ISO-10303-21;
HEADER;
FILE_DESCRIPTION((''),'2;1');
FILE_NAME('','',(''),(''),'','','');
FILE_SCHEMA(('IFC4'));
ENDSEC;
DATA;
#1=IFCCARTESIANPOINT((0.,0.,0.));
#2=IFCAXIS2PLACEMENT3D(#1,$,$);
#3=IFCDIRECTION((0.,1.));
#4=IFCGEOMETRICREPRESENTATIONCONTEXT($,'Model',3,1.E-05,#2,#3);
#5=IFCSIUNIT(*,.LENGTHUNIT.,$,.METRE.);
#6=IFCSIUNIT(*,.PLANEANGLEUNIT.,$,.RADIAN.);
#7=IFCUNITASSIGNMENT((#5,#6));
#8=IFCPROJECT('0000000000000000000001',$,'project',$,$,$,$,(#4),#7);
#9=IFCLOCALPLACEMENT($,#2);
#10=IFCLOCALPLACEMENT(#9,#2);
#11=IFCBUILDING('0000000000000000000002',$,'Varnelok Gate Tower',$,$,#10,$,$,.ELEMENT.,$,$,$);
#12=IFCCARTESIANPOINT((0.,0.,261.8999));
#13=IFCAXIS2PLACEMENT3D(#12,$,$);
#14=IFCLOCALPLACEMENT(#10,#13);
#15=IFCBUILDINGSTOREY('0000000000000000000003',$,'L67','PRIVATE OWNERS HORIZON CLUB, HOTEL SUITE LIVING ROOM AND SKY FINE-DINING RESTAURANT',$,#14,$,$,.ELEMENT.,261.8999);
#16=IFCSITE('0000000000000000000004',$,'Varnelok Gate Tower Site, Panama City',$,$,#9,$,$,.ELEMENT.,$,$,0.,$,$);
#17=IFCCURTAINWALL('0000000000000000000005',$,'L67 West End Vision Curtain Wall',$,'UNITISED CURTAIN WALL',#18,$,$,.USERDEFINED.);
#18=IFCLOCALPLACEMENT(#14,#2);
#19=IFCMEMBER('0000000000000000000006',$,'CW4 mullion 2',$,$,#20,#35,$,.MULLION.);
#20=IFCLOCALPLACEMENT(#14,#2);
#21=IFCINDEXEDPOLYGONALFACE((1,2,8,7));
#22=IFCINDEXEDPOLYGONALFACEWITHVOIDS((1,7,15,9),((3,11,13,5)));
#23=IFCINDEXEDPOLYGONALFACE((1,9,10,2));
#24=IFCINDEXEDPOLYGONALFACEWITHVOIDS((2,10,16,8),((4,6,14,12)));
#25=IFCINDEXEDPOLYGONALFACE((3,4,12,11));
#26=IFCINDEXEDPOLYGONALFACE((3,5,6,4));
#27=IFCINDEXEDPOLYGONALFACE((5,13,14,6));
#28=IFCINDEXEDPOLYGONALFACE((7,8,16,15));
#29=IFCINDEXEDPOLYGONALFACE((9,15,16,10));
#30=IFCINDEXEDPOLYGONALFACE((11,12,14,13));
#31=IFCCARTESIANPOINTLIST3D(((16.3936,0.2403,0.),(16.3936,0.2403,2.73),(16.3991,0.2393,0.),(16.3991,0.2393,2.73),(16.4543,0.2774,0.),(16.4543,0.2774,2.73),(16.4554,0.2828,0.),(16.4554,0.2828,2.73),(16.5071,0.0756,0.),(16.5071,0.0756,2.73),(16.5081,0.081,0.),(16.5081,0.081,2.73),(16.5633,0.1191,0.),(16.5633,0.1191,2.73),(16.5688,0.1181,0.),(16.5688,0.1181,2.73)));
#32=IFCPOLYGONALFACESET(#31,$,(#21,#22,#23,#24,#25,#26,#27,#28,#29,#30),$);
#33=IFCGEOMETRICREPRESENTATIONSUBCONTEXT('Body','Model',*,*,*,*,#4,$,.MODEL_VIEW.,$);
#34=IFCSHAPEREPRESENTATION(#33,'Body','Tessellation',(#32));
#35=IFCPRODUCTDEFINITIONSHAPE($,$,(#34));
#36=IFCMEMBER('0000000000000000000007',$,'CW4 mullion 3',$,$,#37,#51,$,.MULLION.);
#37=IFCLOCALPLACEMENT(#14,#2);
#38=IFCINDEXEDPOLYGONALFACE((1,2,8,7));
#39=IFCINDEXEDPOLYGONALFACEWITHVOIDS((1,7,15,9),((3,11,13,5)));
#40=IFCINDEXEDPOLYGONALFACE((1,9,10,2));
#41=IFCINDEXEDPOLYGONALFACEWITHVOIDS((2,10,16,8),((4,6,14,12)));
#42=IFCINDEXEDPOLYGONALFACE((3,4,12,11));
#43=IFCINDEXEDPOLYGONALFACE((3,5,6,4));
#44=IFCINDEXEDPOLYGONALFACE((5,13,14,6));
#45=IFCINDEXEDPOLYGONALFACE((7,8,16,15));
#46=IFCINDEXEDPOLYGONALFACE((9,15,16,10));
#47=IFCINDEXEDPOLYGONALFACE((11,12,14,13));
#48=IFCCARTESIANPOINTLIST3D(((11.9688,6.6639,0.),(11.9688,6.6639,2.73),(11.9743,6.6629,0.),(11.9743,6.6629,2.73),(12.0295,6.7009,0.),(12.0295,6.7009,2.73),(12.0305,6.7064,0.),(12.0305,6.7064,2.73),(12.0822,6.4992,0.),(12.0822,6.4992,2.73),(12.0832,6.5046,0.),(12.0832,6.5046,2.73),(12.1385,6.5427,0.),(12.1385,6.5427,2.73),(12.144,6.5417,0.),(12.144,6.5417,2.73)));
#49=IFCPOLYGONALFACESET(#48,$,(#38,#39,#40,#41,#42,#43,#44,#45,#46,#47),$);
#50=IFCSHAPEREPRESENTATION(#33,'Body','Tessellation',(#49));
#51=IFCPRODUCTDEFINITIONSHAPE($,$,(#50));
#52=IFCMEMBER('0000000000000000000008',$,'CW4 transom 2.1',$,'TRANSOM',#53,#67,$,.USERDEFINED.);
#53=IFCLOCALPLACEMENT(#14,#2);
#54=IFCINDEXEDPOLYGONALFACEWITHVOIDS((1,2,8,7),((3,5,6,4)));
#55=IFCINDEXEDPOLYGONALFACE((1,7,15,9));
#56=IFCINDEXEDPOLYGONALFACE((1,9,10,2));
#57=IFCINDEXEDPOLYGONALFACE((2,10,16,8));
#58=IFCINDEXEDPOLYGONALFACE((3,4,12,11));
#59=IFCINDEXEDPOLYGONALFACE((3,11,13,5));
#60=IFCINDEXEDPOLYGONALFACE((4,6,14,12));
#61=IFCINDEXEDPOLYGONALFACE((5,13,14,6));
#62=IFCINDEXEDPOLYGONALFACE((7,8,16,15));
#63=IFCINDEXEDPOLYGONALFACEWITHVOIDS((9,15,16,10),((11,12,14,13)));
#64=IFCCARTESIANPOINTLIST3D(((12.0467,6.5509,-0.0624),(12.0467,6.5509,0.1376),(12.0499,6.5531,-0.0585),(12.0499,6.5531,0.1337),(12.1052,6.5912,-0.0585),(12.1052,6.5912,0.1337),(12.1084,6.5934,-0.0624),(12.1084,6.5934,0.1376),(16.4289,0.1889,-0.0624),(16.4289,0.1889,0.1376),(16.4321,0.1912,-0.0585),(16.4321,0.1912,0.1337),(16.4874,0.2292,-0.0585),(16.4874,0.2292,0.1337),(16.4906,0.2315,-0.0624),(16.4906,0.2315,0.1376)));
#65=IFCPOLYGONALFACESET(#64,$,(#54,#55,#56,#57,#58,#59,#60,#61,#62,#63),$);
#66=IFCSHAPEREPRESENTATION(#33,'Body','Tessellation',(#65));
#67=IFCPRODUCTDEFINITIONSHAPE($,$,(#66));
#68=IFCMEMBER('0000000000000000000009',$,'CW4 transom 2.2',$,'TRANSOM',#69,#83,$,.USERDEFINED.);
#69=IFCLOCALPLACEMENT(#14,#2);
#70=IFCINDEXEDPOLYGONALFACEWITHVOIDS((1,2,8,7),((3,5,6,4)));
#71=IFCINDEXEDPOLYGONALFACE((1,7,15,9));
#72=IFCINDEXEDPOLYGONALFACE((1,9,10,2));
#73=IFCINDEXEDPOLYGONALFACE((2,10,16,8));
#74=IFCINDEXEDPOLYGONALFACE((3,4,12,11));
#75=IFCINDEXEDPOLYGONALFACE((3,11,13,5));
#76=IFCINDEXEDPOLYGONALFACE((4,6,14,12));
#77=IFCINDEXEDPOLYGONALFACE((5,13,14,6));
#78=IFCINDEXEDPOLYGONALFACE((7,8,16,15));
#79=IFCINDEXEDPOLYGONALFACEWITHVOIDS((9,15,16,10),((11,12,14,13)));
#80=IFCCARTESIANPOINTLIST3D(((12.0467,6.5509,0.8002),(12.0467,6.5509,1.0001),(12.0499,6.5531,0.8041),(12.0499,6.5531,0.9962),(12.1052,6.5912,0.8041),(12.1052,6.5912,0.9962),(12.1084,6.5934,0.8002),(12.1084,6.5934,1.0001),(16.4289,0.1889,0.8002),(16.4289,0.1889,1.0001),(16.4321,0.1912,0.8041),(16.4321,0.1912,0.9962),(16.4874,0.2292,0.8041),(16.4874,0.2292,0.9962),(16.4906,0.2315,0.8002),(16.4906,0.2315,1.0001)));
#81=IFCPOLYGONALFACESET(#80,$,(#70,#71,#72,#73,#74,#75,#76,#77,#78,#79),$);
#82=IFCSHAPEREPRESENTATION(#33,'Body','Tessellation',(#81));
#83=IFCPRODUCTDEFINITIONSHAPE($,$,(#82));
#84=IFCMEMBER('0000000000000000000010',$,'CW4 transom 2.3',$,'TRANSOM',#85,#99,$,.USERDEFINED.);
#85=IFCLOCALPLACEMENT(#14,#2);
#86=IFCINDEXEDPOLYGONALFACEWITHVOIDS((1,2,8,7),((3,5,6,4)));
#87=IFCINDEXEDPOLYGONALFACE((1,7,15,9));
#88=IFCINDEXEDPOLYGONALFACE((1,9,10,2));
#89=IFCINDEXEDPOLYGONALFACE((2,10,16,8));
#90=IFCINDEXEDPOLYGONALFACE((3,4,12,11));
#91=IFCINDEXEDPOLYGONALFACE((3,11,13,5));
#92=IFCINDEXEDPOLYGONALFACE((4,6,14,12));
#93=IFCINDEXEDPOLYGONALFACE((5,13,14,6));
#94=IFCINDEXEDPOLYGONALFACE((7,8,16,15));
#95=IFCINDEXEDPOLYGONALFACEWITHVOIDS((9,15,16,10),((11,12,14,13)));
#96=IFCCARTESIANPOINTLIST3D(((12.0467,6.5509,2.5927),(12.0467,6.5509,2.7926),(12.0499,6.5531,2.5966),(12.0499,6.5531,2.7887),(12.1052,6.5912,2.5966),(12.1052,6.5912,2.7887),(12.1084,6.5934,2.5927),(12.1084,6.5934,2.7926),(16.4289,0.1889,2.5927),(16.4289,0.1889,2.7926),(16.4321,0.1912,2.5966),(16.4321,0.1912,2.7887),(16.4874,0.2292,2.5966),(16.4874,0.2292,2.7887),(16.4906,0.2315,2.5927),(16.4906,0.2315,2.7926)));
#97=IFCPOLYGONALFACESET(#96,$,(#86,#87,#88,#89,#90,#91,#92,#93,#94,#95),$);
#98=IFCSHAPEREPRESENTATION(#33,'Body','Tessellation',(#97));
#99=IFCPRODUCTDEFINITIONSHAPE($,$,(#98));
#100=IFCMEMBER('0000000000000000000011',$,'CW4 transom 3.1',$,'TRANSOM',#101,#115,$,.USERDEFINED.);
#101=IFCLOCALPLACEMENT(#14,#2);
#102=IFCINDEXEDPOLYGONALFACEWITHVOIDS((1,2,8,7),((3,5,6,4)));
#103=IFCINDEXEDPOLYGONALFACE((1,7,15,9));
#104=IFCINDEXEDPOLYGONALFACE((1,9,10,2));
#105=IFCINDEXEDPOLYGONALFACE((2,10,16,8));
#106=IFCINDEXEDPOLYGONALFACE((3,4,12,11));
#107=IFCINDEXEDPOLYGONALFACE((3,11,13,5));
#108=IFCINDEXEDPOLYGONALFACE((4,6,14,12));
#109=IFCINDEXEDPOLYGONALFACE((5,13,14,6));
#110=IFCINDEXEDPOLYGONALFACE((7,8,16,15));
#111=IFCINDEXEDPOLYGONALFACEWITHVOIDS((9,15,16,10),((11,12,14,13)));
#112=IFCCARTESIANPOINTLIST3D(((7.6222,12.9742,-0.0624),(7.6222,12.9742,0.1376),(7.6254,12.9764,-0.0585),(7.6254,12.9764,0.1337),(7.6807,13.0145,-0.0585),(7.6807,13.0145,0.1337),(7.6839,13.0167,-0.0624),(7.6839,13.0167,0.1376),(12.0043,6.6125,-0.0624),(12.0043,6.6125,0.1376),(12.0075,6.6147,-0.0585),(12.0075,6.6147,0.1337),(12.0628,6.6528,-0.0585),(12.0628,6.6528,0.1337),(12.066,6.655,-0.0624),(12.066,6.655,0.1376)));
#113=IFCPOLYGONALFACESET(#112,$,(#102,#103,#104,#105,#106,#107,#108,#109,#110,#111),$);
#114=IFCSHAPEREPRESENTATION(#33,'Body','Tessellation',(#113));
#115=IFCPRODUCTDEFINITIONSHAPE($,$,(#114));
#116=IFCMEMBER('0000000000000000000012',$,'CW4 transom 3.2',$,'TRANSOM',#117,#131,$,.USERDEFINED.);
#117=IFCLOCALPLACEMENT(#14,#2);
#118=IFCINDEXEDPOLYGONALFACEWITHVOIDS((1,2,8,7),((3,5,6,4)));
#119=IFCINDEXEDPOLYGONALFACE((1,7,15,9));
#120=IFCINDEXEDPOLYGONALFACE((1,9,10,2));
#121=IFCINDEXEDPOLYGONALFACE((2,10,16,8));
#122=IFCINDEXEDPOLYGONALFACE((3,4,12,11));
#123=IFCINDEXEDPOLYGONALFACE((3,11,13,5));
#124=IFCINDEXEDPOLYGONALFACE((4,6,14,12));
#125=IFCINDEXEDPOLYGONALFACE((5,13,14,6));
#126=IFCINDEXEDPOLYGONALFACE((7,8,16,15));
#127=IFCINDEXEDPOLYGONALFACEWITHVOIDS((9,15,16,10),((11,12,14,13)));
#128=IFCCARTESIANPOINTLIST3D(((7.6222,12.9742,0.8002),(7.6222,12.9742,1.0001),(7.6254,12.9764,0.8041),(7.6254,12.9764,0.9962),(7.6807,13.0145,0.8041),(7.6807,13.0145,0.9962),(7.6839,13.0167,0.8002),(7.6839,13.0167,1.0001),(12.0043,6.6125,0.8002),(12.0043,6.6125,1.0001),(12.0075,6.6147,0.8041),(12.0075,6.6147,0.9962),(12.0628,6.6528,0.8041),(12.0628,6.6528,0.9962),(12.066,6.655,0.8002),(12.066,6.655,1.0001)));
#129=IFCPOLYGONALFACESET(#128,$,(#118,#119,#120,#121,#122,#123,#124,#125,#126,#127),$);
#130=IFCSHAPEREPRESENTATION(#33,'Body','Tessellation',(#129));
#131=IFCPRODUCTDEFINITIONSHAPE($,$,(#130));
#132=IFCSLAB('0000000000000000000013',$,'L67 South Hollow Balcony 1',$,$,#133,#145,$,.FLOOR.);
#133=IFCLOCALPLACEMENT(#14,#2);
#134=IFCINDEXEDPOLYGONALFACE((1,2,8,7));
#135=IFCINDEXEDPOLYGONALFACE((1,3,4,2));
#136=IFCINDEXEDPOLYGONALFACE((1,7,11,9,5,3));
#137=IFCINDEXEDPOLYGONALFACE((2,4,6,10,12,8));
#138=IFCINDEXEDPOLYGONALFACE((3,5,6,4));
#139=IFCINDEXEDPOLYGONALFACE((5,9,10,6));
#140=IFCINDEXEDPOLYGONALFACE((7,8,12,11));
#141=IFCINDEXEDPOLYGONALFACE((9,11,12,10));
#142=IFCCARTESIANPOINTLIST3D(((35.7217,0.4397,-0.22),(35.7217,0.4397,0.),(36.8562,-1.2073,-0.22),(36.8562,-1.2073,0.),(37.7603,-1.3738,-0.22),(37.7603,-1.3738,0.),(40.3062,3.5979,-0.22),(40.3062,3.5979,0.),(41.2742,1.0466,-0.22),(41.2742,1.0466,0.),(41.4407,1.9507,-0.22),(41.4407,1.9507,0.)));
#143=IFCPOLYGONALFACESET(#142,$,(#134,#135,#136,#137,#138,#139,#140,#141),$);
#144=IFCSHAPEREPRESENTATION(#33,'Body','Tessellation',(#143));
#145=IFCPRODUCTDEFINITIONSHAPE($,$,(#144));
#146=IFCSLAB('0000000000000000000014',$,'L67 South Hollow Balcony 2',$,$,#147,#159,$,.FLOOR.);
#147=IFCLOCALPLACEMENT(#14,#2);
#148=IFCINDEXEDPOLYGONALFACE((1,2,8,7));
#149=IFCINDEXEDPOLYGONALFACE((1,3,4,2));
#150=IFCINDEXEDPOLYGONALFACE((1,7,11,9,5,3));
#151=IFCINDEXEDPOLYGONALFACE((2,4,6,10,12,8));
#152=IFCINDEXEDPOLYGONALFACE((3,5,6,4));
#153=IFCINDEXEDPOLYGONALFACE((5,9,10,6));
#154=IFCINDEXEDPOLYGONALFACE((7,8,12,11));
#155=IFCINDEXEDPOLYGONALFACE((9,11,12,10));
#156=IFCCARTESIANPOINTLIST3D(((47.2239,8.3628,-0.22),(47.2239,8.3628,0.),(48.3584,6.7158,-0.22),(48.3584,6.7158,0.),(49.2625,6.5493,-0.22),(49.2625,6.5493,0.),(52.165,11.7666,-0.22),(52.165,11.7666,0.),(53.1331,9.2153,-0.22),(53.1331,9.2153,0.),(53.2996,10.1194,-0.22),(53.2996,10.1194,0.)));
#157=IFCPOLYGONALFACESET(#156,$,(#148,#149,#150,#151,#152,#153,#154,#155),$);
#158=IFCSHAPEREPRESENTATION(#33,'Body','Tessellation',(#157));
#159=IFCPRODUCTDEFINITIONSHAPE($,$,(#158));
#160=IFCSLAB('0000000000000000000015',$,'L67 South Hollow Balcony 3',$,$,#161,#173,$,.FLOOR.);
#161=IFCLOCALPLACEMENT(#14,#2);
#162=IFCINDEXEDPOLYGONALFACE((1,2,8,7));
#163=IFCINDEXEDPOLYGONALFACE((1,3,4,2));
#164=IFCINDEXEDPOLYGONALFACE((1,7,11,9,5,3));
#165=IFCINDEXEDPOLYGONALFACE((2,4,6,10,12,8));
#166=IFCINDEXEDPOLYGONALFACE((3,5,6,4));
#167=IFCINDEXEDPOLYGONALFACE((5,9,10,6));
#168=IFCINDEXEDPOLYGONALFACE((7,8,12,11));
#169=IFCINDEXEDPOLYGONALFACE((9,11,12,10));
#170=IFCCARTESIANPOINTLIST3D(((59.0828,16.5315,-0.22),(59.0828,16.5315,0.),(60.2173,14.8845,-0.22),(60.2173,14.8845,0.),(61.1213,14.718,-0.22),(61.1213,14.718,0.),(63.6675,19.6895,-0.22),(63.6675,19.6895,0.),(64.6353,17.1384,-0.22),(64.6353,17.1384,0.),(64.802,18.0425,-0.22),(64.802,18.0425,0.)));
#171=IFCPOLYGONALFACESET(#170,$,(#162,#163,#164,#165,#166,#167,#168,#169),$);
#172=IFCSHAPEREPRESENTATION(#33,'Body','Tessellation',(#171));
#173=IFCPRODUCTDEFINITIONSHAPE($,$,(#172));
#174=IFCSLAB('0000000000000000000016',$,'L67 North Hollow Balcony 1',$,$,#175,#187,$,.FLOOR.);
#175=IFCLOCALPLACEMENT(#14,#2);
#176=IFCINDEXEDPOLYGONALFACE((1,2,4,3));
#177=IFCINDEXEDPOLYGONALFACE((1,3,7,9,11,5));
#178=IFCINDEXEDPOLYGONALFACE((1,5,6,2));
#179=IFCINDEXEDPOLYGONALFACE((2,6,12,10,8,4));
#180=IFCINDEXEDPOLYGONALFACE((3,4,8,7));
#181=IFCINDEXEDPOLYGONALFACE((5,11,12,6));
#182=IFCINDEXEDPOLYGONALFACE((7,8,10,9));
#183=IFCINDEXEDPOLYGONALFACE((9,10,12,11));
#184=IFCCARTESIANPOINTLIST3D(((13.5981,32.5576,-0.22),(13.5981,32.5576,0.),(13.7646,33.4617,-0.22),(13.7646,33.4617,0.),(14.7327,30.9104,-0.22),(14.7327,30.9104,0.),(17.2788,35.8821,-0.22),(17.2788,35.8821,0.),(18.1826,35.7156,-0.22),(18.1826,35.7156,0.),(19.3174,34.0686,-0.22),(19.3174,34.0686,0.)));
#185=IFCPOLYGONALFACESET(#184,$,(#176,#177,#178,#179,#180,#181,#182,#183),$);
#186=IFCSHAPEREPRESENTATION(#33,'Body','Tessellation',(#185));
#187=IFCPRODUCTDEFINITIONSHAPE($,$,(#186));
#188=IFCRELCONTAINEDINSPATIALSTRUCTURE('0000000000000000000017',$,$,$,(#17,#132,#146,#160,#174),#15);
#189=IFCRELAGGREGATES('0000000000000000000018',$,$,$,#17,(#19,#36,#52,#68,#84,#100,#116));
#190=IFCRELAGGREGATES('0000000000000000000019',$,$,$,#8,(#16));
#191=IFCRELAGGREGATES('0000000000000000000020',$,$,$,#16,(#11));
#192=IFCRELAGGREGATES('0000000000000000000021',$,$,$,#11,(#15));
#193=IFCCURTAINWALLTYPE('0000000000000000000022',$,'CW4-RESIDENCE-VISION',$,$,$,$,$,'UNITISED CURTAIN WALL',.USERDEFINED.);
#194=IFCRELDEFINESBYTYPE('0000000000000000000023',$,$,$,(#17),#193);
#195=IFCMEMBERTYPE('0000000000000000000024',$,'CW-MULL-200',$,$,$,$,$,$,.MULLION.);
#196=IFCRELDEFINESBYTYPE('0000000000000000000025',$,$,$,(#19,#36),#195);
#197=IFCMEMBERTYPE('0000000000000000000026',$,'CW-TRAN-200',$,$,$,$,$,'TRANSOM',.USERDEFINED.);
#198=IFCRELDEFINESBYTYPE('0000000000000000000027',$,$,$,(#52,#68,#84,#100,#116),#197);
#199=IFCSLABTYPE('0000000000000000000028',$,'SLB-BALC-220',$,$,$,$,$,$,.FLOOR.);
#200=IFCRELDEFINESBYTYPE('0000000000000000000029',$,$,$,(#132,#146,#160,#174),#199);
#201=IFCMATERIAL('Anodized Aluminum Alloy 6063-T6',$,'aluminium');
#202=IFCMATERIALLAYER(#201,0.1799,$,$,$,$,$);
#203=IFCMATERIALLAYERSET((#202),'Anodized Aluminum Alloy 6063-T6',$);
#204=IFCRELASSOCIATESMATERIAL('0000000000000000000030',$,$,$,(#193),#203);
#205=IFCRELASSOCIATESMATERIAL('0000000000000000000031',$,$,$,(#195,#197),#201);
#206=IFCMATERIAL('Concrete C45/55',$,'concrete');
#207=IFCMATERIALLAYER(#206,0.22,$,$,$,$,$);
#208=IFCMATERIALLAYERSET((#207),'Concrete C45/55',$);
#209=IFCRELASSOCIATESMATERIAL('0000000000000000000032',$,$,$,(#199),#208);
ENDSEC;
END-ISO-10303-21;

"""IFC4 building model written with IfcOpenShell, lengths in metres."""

from ifc_helpers import new_model, si_unit, direction, frame, origin, origin_2d, place, context, subcontext, project, spatial, polyline, hollow_rectangle, outline, extrude, material, layer, layer_set, material_profile, profile_set, type_object, element, aggregate, save


model = new_model("IFC4")

# Units and contexts
model_context = context("Model", 3, precision=1e-05, world=origin(), true_north=direction((0.0, 1.0)))
body_context = subcontext(model_context, "Body", "Model", "MODEL_VIEW")
ifc_project = project(units=[si_unit("LENGTHUNIT", "METRE"), si_unit("PLANEANGLEUNIT", "RADIAN")], contexts=[model_context])

# Site, building, storey
site_placement = place(None, origin())
site = spatial("IfcSite", under=ifc_project, at=site_placement, Name="Varnelok Gate Tower Site, Panama City", CompositionType="ELEMENT", RefElevation=0.0)
building_placement = place(site_placement, origin())
building = spatial("IfcBuilding", under=site, at=building_placement, Name="Varnelok Gate Tower", CompositionType="ELEMENT")
storey_placement = place(building_placement, frame((0.0, 0.0, 261.8999)))
storey = spatial("IfcBuildingStorey", under=building, at=storey_placement, Name="L67", Description="PRIVATE OWNERS HORIZON CLUB, HOTEL SUITE LIVING ROOM AND SKY FINE-DINING RESTAURANT", CompositionType="ELEMENT", Elevation=261.8999)

# Curtain wall, members
ifc_material_1 = material(Name="Anodized Aluminum Alloy 6063-T6", Category="aluminium")
ifc_layer_1 = layer(ifc_material_1, 0.1799)
ifc_layer_set_1 = layer_set([ifc_layer_1], Name="Anodized Aluminum Alloy 6063-T6")
curtain_wall_type = type_object("IfcCurtainWallType", Name="CW4-RESIDENCE-VISION", ElementType="UNITISED CURTAIN WALL", PredefinedType="USERDEFINED", material=ifc_layer_set_1)
curtain_wall_placement = place(storey_placement, origin())
curtain_wall = element("IfcCurtainWall", 1, at=curtain_wall_placement, inside=storey, type_object=curtain_wall_type, Name="L67 West End Vision Curtain Wall", ObjectType="UNITISED CURTAIN WALL", PredefinedType="USERDEFINED")
ifc_material_profile_1 = material_profile(ifc_material_1, hollow_rectangle(XDim=0.075, YDim=0.2, WallThickness=0.0039, at=origin_2d()), Name="ALU200X75X4")
ifc_profile_set_1 = profile_set([ifc_material_profile_1], Name="Anodized Aluminum Alloy 6063-T6")
member_type_1 = type_object("IfcMemberType", Name="CW-MULL-200", PredefinedType="MULLION", material=ifc_profile_set_1)
member_1_placement = place(storey_placement, frame((16.4812, 0.1792, 0.0), z_axis=(0.0, 0.0, 1.0), x_axis=(-0.823532, -0.567269, 0.0)))
member_1 = element("IfcMember", 2, at=member_1_placement, type_object=member_type_1, Name="CW4 mullion 2", PredefinedType="MULLION", context=body_context, shape_type="SweptSolid", body=[
    extrude(hollow_rectangle(XDim=0.075, YDim=0.2, WallThickness=0.0039, at=origin_2d()), origin(), (0.0, 0.0, 1.0), 2.73),
])
member_2_placement = place(storey_placement, frame((12.0564, 6.6028, 0.0), z_axis=(0.0, 0.0, 1.0), x_axis=(-0.823532, -0.567269, 0.0)))
member_2 = element("IfcMember", 3, at=member_2_placement, type_object=member_type_1, Name="CW4 mullion 3", PredefinedType="MULLION", context=body_context, shape_type="SweptSolid", body=[
    extrude(hollow_rectangle(XDim=0.075, YDim=0.2, WallThickness=0.0039, at=origin_2d()), origin(), (0.0, 0.0, 1.0), 2.73),
])
ifc_material_profile_2 = material_profile(ifc_material_1, hollow_rectangle(XDim=0.075, YDim=0.2, WallThickness=0.0039, at=origin_2d()), Name="ALU200X75X4")
ifc_profile_set_2 = profile_set([ifc_material_profile_2], Name="Anodized Aluminum Alloy 6063-T6")
member_type_2 = type_object("IfcMemberType", Name="CW-TRAN-200", ElementType="TRANSOM", PredefinedType="USERDEFINED", material=ifc_profile_set_2)
member_3_placement = place(storey_placement, frame((16.4597, 0.2102, 0.0376), z_axis=(-0.567261, 0.823538, 0.0), x_axis=(-0.823538, -0.567261, 0.0)))
member_3 = element("IfcMember", 4, at=member_3_placement, type_object=member_type_2, Name="CW4 transom 2.1", ObjectType="TRANSOM", PredefinedType="USERDEFINED", context=body_context, shape_type="SweptSolid", body=[
    extrude(hollow_rectangle(XDim=0.075, YDim=0.2, WallThickness=0.0039, at=origin_2d()), origin(), (0.0, 0.0, 1.0), 7.7251),
])
member_4_placement = place(storey_placement, frame((16.4597, 0.2102, 0.9001), z_axis=(-0.567261, 0.823538, 0.0), x_axis=(-0.823538, -0.567261, 0.0)))
member_4 = element("IfcMember", 5, at=member_4_placement, type_object=member_type_2, Name="CW4 transom 2.2", ObjectType="TRANSOM", PredefinedType="USERDEFINED", context=body_context, shape_type="SweptSolid", body=[
    extrude(hollow_rectangle(XDim=0.075, YDim=0.2, WallThickness=0.0039, at=origin_2d()), origin(), (0.0, 0.0, 1.0), 7.7251),
])
member_5_placement = place(storey_placement, frame((16.4597, 0.2102, 2.6926), z_axis=(-0.567261, 0.823538, 0.0), x_axis=(-0.823538, -0.567261, 0.0)))
member_5 = element("IfcMember", 6, at=member_5_placement, type_object=member_type_2, Name="CW4 transom 2.3", ObjectType="TRANSOM", PredefinedType="USERDEFINED", context=body_context, shape_type="SweptSolid", body=[
    extrude(hollow_rectangle(XDim=0.075, YDim=0.2, WallThickness=0.0039, at=origin_2d()), origin(), (0.0, 0.0, 1.0), 7.7251),
])
member_6_placement = place(storey_placement, frame((12.0352, 6.6338, 0.0376), z_axis=(-0.567276, 0.823528, 0.0), x_axis=(-0.823528, -0.567276, 0.0)))
member_6 = element("IfcMember", 7, at=member_6_placement, type_object=member_type_2, Name="CW4 transom 3.1", ObjectType="TRANSOM", PredefinedType="USERDEFINED", context=body_context, shape_type="SweptSolid", body=[
    extrude(hollow_rectangle(XDim=0.075, YDim=0.2, WallThickness=0.0039, at=origin_2d()), origin(), (0.0, 0.0, 1.0), 7.7249),
])
member_7_placement = place(storey_placement, frame((12.0352, 6.6338, 0.9001), z_axis=(-0.567276, 0.823528, 0.0), x_axis=(-0.823528, -0.567276, 0.0)))
member_7 = element("IfcMember", 8, at=member_7_placement, type_object=member_type_2, Name="CW4 transom 3.2", ObjectType="TRANSOM", PredefinedType="USERDEFINED", context=body_context, shape_type="SweptSolid", body=[
    extrude(hollow_rectangle(XDim=0.075, YDim=0.2, WallThickness=0.0039, at=origin_2d()), origin(), (0.0, 0.0, 1.0), 7.7249),
])

# Slabs
ifc_material_2 = material(Name="Concrete C45/55", Category="concrete")
ifc_layer_2 = layer(ifc_material_2, 0.22)
ifc_layer_set_2 = layer_set([ifc_layer_2], Name="Concrete C45/55")
slab_type_1 = type_object("IfcSlabType", Name="SLB-BALC-220", PredefinedType="FLOOR", material=ifc_layer_set_2)
slab_1_placement = place(storey_placement, frame((0.0, 0.0, -0.22)))
element("IfcSlab", 9, at=slab_1_placement, inside=storey, type_object=slab_type_1, Name="L67 South Hollow Balcony 1", PredefinedType="FLOOR", context=body_context, shape_type="SweptSolid", body=[
    extrude(outline(polyline([(36.8562, -1.2073), (37.7603, -1.3738), (41.2742, 1.0466), (41.4407, 1.9507), (40.3062, 3.5979), (35.7217, 0.4397), (36.8562, -1.2073)])), origin(), (0.0, 0.0, 1.0), 0.22),
])
slab_2_placement = place(storey_placement, frame((0.0, 0.0, -0.22)))
element("IfcSlab", 10, at=slab_2_placement, inside=storey, type_object=slab_type_1, Name="L67 South Hollow Balcony 2", PredefinedType="FLOOR", context=body_context, shape_type="SweptSolid", body=[
    extrude(outline(polyline([(48.3584, 6.7158), (49.2625, 6.5493), (53.1331, 9.2153), (53.2996, 10.1194), (52.165, 11.7666), (47.2239, 8.3628), (48.3584, 6.7158)])), origin(), (0.0, 0.0, 1.0), 0.22),
])
slab_3_placement = place(storey_placement, frame((0.0, 0.0, -0.22)))
element("IfcSlab", 11, at=slab_3_placement, inside=storey, type_object=slab_type_1, Name="L67 South Hollow Balcony 3", PredefinedType="FLOOR", context=body_context, shape_type="SweptSolid", body=[
    extrude(outline(polyline([(60.2173, 14.8845), (61.1213, 14.718), (64.6353, 17.1384), (64.802, 18.0425), (63.6675, 19.6895), (59.0828, 16.5315), (60.2173, 14.8845)])), origin(), (0.0, 0.0, 1.0), 0.22),
])
slab_4_placement = place(storey_placement, frame((0.0, 0.0, -0.22)))
element("IfcSlab", 12, at=slab_4_placement, inside=storey, type_object=slab_type_1, Name="L67 North Hollow Balcony 1", PredefinedType="FLOOR", context=body_context, shape_type="SweptSolid", body=[
    extrude(outline(polyline([(14.7327, 30.9104), (19.3174, 34.0686), (18.1826, 35.7156), (17.2788, 35.8821), (13.7646, 33.4617), (13.5981, 32.5576), (14.7327, 30.9104)])), origin(), (0.0, 0.0, 1.0), 0.22),
])

aggregate(curtain_wall, [member_1, member_2, member_3, member_4, member_5, member_6, member_7])

save(model, "model.ifc")
